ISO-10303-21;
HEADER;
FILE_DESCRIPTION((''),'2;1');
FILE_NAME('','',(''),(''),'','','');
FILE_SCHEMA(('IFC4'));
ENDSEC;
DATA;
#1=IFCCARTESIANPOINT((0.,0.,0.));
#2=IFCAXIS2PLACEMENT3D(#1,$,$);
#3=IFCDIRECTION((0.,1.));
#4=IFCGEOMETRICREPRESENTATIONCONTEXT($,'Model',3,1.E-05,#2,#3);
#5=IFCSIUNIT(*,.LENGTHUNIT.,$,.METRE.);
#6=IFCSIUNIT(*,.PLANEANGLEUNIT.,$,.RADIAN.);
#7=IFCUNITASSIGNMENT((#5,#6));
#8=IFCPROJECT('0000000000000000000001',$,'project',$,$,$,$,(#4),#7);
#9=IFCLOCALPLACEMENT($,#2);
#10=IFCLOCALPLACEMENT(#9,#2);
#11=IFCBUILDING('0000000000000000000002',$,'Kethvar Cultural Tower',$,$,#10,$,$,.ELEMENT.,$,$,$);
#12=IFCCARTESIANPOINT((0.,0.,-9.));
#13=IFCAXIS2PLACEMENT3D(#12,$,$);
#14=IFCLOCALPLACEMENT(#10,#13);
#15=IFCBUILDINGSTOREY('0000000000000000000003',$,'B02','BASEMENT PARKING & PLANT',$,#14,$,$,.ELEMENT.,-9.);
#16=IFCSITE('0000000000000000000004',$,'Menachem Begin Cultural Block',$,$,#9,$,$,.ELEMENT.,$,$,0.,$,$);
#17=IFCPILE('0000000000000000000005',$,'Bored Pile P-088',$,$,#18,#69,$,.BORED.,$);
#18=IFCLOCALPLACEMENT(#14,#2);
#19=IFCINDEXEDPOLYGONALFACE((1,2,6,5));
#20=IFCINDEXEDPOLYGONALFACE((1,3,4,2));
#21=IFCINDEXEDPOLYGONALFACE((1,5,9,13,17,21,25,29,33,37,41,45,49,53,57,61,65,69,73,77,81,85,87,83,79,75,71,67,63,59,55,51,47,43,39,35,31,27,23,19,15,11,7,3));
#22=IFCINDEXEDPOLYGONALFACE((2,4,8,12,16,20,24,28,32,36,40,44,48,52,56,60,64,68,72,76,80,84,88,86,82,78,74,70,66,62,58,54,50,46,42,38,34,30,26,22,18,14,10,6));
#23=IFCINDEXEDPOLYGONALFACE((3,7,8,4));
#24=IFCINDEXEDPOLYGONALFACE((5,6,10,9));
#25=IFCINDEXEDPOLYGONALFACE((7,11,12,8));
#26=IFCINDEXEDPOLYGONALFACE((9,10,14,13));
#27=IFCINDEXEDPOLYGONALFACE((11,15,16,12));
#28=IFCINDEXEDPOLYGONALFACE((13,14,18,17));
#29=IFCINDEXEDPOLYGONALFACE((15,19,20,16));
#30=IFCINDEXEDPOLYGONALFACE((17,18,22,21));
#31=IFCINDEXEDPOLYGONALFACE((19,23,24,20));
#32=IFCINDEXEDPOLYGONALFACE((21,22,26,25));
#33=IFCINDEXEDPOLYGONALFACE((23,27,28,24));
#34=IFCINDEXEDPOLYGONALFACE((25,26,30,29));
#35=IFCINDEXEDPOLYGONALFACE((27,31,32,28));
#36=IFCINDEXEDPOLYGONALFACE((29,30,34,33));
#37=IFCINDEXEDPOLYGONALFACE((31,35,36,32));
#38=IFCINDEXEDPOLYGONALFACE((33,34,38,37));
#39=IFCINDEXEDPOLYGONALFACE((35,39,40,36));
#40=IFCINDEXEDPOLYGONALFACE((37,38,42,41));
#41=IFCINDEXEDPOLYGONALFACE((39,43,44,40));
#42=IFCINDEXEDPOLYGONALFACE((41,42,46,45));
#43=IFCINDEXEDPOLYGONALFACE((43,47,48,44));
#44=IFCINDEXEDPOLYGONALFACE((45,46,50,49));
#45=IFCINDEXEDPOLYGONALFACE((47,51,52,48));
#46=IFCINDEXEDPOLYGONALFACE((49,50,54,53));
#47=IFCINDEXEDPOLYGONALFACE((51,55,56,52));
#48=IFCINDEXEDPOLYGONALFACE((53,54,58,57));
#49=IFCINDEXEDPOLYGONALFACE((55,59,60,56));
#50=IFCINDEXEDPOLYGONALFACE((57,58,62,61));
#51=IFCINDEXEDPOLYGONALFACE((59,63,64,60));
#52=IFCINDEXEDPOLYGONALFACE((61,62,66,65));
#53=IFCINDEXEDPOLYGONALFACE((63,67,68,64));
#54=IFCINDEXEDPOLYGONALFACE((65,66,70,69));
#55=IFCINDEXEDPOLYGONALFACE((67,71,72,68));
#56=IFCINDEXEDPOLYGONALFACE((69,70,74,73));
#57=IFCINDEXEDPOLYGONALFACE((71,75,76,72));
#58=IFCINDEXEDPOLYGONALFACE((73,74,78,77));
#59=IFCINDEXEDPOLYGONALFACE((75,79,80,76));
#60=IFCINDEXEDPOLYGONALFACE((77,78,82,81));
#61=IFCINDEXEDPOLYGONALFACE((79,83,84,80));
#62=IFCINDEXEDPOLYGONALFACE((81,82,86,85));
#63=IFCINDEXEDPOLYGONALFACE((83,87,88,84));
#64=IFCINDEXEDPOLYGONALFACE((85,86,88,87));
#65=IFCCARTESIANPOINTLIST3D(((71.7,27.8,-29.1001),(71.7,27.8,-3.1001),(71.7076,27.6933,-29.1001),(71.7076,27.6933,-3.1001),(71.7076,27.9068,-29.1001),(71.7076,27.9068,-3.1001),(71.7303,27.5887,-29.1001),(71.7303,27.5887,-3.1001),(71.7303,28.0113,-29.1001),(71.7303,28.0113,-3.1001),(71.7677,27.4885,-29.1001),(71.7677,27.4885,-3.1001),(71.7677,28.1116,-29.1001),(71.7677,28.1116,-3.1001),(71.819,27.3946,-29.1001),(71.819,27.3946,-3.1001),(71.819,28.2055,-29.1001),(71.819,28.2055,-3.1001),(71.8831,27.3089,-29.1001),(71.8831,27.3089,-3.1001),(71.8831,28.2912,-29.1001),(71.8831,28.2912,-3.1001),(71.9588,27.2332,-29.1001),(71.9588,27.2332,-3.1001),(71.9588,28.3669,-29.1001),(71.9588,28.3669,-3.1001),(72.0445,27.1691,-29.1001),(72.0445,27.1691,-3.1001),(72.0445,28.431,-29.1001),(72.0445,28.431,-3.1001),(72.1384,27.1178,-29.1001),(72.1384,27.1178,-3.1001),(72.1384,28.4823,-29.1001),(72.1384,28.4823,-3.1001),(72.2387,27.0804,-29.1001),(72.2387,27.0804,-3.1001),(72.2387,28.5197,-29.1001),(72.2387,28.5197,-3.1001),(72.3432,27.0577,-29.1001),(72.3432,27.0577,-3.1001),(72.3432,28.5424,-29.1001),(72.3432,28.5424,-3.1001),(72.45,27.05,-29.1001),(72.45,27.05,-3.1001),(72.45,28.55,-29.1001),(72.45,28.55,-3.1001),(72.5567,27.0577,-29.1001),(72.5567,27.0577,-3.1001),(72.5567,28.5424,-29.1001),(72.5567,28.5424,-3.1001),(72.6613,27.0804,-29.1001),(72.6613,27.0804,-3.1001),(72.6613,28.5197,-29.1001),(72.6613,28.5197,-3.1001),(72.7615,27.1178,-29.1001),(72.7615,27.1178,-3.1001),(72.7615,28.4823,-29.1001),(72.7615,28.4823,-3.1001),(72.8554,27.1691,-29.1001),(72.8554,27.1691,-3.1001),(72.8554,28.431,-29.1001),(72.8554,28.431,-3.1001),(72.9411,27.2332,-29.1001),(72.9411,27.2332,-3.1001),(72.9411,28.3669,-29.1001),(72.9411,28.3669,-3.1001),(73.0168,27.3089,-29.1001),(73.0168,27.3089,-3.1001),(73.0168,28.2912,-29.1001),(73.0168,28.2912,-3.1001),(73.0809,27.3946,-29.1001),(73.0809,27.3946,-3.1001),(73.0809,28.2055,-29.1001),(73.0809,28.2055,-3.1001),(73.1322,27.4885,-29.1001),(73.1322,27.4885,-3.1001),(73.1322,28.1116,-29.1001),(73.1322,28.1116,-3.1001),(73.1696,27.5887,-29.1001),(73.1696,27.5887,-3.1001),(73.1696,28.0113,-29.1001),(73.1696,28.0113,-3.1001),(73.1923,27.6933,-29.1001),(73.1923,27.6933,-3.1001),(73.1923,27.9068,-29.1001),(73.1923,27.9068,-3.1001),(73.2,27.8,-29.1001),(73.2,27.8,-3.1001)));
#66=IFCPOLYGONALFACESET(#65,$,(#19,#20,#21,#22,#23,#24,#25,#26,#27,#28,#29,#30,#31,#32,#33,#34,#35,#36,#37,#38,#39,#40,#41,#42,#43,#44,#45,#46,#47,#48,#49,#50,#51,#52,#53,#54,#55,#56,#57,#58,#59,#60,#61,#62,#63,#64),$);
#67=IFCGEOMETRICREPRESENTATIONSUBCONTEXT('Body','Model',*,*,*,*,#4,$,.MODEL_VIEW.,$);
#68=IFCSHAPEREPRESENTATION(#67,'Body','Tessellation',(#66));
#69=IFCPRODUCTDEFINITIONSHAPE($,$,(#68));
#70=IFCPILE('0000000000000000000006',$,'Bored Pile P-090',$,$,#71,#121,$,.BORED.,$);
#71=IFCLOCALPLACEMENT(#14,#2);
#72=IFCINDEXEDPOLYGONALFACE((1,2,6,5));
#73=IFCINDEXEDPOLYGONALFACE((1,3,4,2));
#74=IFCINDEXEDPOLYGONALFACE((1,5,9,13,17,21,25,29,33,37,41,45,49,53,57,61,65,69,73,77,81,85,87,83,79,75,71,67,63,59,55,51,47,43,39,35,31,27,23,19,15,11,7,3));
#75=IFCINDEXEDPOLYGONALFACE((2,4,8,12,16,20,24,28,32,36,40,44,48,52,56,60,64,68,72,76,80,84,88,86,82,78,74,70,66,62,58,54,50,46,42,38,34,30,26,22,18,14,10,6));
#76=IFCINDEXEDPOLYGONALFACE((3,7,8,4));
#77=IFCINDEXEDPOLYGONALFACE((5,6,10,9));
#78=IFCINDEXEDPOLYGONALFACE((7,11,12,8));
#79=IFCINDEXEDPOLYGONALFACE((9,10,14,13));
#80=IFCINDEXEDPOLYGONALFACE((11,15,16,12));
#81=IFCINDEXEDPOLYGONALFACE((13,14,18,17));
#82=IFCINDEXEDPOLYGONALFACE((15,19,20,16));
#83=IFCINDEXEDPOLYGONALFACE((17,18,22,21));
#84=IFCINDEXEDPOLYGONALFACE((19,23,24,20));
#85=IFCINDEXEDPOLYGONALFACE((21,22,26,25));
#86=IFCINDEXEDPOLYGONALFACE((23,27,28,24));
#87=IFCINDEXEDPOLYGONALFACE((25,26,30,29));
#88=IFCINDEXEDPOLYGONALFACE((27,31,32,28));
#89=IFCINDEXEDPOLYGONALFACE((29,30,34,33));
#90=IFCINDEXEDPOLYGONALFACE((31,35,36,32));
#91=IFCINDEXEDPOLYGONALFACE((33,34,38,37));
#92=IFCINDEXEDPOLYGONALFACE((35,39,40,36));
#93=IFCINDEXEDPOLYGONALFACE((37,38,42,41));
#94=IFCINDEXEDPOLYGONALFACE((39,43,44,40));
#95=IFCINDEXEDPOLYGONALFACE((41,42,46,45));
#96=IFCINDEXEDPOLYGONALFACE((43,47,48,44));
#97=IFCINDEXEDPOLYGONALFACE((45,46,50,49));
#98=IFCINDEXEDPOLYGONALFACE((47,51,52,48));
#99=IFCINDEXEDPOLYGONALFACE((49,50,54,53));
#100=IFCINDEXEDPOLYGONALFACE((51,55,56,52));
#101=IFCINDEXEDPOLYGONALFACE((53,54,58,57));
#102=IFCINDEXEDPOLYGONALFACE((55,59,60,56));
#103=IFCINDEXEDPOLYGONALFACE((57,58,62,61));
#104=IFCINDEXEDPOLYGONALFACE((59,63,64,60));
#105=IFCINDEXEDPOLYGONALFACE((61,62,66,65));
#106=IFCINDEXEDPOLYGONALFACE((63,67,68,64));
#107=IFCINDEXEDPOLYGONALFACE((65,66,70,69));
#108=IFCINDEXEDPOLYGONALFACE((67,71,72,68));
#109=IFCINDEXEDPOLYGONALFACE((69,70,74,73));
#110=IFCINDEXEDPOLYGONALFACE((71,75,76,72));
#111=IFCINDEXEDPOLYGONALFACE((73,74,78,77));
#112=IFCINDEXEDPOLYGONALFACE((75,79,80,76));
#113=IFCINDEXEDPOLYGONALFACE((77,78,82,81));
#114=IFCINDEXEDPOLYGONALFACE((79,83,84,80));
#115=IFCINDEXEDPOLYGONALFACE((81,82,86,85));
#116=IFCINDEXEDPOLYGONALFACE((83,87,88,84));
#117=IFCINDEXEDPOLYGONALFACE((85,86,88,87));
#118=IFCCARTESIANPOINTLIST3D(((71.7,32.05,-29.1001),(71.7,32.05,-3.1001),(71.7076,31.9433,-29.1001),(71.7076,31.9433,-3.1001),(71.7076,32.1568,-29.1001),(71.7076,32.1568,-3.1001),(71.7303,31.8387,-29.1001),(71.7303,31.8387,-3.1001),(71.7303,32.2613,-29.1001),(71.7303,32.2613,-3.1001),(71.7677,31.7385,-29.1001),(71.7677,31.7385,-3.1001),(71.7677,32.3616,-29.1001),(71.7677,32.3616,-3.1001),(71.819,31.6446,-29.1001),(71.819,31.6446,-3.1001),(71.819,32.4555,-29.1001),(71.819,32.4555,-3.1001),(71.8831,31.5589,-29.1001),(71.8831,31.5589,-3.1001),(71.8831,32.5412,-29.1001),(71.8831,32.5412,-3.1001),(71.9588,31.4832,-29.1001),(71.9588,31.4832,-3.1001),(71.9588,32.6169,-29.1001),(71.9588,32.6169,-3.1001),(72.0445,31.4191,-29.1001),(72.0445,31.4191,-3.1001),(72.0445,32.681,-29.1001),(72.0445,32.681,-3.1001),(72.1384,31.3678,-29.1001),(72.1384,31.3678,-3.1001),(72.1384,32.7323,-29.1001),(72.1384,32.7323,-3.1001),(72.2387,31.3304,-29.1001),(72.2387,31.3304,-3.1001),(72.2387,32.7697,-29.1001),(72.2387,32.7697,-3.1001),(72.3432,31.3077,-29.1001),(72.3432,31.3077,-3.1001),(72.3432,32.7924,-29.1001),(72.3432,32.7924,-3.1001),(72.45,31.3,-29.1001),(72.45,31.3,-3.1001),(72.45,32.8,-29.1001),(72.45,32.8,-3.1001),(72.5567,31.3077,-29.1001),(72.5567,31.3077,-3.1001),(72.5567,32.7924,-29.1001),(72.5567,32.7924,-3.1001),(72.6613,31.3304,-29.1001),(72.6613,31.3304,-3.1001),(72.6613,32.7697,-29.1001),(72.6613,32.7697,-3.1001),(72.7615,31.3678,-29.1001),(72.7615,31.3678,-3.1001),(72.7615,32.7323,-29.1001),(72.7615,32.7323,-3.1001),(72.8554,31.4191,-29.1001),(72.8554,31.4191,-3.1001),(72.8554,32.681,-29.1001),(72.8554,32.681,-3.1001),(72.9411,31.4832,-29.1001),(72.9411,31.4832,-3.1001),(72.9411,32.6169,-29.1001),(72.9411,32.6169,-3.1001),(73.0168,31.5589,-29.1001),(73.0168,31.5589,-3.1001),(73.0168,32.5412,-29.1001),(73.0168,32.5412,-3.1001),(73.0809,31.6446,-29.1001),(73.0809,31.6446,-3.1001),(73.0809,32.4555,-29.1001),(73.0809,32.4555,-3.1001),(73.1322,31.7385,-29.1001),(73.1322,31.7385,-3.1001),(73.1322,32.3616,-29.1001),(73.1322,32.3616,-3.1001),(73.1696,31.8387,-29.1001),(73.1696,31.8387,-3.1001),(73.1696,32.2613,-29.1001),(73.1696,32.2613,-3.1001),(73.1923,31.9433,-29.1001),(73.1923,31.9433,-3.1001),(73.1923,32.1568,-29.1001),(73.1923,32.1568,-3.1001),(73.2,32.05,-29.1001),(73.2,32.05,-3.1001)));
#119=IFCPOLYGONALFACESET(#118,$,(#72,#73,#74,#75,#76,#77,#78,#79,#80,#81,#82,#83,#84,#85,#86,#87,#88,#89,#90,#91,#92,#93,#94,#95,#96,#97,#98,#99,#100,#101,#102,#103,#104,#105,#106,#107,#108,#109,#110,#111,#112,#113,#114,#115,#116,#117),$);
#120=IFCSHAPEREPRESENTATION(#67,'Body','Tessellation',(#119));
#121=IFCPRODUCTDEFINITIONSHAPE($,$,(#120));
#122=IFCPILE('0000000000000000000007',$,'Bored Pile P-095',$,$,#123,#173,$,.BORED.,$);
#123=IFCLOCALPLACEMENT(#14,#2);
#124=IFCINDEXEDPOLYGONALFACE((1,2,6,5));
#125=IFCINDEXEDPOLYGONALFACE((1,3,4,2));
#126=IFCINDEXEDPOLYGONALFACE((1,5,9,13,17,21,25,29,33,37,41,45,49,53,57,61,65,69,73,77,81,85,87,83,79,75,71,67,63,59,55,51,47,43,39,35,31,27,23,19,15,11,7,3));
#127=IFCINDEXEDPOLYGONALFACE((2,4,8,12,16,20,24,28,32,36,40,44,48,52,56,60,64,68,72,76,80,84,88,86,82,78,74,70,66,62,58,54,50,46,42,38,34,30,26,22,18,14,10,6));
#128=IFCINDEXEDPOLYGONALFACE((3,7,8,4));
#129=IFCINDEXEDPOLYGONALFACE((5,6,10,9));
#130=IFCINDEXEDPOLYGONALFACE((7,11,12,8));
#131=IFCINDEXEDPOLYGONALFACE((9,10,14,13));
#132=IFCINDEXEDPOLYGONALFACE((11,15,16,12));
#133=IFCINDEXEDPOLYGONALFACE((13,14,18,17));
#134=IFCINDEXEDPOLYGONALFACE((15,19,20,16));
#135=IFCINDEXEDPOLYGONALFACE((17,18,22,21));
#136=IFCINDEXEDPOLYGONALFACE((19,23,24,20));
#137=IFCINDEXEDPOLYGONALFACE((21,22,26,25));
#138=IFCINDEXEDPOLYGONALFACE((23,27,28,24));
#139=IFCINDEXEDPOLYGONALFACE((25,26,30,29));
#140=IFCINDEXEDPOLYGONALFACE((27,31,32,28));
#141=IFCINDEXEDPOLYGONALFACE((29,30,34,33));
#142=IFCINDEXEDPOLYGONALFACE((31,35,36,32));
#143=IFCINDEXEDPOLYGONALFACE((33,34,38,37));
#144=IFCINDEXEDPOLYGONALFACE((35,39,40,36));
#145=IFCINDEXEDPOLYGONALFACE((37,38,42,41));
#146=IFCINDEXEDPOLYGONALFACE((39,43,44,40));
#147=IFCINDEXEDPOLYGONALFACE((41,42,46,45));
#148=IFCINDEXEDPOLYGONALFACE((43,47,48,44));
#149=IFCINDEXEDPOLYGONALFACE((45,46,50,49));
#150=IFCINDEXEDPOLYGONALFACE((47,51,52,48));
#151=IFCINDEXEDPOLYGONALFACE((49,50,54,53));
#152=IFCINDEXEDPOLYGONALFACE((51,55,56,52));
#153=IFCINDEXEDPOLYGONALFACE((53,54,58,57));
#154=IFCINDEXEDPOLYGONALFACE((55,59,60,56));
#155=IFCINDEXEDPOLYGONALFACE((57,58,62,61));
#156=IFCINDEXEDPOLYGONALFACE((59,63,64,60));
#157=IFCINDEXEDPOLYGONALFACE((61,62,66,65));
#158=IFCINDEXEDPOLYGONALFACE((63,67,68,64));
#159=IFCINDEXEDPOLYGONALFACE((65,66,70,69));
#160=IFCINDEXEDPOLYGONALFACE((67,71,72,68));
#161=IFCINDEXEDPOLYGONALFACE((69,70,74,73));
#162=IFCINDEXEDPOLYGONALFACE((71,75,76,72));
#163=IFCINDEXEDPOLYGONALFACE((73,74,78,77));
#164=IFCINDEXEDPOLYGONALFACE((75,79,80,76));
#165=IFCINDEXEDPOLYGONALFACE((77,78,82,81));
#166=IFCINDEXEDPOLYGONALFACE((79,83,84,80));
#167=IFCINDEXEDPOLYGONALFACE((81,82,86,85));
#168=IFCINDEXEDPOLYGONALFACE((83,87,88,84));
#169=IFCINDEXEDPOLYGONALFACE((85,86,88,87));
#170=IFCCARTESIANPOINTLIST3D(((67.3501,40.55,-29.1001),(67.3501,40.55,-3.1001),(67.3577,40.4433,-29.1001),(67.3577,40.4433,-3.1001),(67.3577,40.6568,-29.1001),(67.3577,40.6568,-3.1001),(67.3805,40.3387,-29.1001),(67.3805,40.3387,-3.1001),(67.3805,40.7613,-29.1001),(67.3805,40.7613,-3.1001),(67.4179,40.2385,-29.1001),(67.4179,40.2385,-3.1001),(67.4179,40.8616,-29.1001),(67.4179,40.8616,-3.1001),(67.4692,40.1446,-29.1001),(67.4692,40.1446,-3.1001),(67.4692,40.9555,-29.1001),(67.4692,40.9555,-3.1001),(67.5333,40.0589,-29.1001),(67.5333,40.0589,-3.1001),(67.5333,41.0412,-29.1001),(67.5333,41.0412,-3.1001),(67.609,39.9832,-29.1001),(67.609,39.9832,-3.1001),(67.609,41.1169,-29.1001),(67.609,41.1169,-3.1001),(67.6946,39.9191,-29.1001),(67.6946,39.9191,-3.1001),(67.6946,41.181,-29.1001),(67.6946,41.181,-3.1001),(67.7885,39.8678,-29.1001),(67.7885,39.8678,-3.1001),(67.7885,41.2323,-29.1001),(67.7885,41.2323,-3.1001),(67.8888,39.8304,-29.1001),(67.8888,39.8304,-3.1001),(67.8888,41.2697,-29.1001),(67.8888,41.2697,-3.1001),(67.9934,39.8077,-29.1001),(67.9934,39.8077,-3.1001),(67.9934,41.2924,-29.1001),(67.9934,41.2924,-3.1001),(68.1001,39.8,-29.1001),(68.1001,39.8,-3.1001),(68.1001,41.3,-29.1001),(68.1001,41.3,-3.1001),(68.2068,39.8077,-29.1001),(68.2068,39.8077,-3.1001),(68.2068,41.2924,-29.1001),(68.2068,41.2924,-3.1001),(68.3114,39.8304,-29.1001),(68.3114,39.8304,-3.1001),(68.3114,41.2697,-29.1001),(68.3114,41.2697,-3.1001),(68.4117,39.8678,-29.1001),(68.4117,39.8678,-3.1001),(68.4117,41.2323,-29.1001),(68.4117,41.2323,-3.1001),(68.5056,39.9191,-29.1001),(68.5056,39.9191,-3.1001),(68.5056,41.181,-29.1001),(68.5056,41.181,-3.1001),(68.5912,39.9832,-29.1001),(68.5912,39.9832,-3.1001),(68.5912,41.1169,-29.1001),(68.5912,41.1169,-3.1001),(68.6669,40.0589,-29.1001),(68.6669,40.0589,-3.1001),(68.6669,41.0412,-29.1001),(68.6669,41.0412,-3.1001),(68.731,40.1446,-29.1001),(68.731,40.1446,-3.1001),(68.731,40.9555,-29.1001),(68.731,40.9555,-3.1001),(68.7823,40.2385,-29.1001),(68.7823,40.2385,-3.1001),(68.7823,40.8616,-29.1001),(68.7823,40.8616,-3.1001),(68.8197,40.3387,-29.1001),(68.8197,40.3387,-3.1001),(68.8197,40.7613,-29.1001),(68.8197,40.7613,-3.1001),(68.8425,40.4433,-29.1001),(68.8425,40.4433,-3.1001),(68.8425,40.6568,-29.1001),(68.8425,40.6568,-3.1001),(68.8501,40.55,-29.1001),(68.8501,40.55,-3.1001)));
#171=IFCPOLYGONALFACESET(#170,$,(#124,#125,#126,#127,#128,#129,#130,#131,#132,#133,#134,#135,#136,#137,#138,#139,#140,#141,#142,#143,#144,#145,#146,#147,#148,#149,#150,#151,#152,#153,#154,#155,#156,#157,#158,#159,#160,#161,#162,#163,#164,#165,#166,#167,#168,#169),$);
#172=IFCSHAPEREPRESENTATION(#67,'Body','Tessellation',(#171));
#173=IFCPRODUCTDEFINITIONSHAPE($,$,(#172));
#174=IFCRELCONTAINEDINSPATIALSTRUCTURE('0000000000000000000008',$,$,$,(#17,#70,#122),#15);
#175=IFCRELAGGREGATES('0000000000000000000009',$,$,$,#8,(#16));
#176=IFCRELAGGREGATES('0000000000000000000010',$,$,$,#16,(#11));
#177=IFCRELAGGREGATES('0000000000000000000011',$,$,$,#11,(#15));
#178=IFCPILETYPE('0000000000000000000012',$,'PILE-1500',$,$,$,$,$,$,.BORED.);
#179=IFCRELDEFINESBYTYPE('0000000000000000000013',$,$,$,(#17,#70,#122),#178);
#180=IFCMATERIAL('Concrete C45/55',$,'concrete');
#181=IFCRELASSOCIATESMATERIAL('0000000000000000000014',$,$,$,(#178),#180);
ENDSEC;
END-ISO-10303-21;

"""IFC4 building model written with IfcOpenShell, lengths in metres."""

from ifc_helpers import new_model, si_unit, direction, frame, origin, origin_2d, place, context, subcontext, project, spatial, circle, extrude, source, transform, mapped, material, material_profile, profile_set, type_object, element, save


model = new_model("IFC4")

# Units and contexts
model_context = context("Model", 3, precision=1e-05, world=origin(), true_north=direction((0.0, 1.0)))
body_context = subcontext(model_context, "Body", "Model", "MODEL_VIEW")
ifc_project = project(units=[si_unit("LENGTHUNIT", "METRE"), si_unit("PLANEANGLEUNIT", "RADIAN")], contexts=[model_context])

# Site, building, storey
site_placement = place(None, origin())
site = spatial("IfcSite", under=ifc_project, at=site_placement, Name="Menachem Begin Cultural Block", CompositionType="ELEMENT", RefElevation=0.0)
building_placement = place(site_placement, origin())
building = spatial("IfcBuilding", under=site, at=building_placement, Name="Kethvar Cultural Tower", CompositionType="ELEMENT")
storey_placement = place(building_placement, frame((0.0, 0.0, -9.0)))
storey = spatial("IfcBuildingStorey", under=building, at=storey_placement, Name="B02", Description="BASEMENT PARKING & PLANT", CompositionType="ELEMENT", Elevation=-9.0)

# Piles
ifc_material_1 = material(Name="Concrete C45/55", Category="concrete")
ifc_material_profile_1 = material_profile(ifc_material_1, circle(Radius=0.75, at=origin_2d()), Name="Concrete C45/55 — PILE1500")
ifc_profile_set_1 = profile_set([ifc_material_profile_1], Name="Concrete C45/55 — PILE1500")
pile_type = type_object("IfcPileType", Name="PILE-1500", PredefinedType="BORED", material=ifc_profile_set_1)
shared_shape_1 = source(origin(), body_context, "Body", "SweptSolid", [
    extrude(circle(Radius=0.75, at=origin_2d()), origin(), (0.0, 0.0, 1.0), 26.0),
])
for number, where, z_axis, x_axis, name in (
    (1, (72.45, 27.8, -3.1001), (0.0, 0.0, -1.0), (1.0, 0.0, 0.0), "Bored Pile P-088"),
    (2, (72.45, 32.05, -3.1001), (0.0, 0.0, -1.0), (1.0, 0.0, 0.0), "Bored Pile P-090"),
    (3, (68.1001, 40.55, -3.1001), (0.0, 0.0, -1.0), (1.0, 0.0, 0.0), "Bored Pile P-095"),
):
    element("IfcPile", number, at=place(storey_placement, frame(where, z_axis=z_axis, x_axis=x_axis)), inside=storey, type_object=pile_type, Name=name, PredefinedType="BORED", context=body_context, shape_type="MappedRepresentation", body=[
        mapped(shared_shape_1, transform((0.0, 0.0, 0.0), scale=1.0)),
    ])

save(model, "model.ifc")
